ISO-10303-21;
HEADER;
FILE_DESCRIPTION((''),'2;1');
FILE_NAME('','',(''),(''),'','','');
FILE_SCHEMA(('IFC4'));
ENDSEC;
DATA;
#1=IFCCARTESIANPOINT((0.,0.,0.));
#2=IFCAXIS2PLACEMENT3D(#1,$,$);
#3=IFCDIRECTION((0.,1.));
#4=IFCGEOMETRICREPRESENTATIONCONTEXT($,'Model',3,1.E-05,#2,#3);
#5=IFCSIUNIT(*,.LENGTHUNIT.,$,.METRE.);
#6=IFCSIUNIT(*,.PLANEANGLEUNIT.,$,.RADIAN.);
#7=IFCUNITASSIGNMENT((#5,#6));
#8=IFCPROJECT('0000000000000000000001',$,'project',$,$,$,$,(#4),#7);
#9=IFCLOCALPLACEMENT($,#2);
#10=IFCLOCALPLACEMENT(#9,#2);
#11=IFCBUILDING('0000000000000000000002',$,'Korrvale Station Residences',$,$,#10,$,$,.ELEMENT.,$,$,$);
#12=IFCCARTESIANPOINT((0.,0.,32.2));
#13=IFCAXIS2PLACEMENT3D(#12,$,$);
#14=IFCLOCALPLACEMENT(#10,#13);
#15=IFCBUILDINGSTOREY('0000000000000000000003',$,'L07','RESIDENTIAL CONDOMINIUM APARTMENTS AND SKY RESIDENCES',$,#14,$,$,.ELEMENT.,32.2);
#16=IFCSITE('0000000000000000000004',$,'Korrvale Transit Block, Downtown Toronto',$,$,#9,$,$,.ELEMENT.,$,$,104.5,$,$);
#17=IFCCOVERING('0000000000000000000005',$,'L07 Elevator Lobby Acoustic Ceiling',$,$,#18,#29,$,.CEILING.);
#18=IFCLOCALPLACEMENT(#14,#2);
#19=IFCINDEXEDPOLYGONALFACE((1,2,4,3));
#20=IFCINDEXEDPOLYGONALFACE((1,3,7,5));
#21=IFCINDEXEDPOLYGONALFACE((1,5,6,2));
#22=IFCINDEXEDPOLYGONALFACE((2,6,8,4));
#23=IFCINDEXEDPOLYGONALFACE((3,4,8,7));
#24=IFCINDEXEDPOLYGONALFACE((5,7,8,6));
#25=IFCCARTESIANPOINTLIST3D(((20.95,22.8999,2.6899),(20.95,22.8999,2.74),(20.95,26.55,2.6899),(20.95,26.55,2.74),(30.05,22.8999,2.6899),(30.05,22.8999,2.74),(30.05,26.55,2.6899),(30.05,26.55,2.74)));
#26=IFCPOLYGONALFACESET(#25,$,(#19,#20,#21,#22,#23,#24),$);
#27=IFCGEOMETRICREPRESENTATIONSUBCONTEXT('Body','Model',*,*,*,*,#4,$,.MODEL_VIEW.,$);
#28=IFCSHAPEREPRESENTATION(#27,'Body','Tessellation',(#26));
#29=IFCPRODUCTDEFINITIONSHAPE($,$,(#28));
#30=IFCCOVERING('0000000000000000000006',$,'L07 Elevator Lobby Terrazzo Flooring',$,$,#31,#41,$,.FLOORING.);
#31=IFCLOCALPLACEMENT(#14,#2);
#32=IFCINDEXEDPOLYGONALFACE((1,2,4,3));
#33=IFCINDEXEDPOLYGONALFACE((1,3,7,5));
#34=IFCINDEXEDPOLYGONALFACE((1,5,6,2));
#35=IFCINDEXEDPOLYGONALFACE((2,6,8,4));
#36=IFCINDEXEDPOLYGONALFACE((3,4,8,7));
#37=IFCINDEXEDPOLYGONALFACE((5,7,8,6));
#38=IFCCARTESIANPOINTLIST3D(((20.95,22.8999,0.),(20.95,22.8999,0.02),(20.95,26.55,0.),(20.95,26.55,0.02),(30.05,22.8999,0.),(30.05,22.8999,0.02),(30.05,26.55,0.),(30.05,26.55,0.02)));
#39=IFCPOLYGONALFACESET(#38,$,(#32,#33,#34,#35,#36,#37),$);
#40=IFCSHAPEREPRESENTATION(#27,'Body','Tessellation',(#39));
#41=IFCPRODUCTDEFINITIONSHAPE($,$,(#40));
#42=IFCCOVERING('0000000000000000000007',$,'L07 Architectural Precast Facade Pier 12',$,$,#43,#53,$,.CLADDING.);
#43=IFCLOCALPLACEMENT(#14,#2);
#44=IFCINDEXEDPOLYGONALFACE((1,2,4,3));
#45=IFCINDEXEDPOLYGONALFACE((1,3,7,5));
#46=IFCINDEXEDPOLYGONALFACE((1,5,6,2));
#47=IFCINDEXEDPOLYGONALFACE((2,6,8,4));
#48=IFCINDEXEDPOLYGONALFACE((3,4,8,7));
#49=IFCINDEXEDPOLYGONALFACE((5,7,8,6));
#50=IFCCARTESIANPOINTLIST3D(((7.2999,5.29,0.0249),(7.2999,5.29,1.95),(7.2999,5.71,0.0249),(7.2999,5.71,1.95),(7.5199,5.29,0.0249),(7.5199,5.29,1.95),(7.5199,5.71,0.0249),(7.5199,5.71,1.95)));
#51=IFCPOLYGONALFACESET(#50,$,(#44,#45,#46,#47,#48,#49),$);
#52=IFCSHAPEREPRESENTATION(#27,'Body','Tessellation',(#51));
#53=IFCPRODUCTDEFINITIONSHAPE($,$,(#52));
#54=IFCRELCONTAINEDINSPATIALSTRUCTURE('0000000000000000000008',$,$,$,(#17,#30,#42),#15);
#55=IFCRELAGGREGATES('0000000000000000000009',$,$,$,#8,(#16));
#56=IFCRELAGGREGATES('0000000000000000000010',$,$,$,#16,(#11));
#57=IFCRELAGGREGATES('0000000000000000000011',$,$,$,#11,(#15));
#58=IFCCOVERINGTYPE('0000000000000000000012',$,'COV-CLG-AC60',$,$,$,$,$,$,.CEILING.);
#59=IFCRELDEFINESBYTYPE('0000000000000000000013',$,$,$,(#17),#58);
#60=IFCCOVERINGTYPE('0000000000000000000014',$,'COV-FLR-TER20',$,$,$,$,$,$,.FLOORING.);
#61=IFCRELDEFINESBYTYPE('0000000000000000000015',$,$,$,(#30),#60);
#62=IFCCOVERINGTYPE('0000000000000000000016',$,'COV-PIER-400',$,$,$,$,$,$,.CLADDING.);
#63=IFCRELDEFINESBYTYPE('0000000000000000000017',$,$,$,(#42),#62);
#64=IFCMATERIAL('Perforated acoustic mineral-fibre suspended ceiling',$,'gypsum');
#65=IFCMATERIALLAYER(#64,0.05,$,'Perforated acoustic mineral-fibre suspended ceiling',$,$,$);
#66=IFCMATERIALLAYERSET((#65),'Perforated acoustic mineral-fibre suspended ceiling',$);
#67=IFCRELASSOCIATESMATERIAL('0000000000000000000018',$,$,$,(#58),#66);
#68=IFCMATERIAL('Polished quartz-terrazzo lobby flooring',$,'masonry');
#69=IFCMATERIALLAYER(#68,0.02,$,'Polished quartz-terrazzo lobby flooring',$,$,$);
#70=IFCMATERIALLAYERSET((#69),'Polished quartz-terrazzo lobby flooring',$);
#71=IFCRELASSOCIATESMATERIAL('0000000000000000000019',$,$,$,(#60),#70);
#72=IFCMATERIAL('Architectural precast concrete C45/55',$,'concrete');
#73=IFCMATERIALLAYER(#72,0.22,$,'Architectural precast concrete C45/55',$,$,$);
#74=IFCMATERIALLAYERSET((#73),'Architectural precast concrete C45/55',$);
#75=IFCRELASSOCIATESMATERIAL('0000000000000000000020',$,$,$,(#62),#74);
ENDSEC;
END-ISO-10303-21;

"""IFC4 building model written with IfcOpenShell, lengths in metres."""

from ifc_helpers import new_model, si_unit, direction, frame, origin, origin_2d, place, context, subcontext, project, spatial, polyline, rectangle, outline, extrude, material, layer, layer_set, type_object, element, save


model = new_model("IFC4")

# Units and contexts
model_context = context("Model", 3, precision=1e-05, world=origin(), true_north=direction((0.0, 1.0)))
body_context = subcontext(model_context, "Body", "Model", "MODEL_VIEW")
ifc_project = project(units=[si_unit("LENGTHUNIT", "METRE"), si_unit("PLANEANGLEUNIT", "RADIAN")], contexts=[model_context])

# Site, building, storey
site_placement = place(None, origin())
site = spatial("IfcSite", under=ifc_project, at=site_placement, Name="Korrvale Transit Block, Downtown Toronto", CompositionType="ELEMENT", RefElevation=104.5)
building_placement = place(site_placement, origin())
building = spatial("IfcBuilding", under=site, at=building_placement, Name="Korrvale Station Residences", CompositionType="ELEMENT")
storey_placement = place(building_placement, frame((0.0, 0.0, 32.2)))
storey = spatial("IfcBuildingStorey", under=building, at=storey_placement, Name="L07", Description="RESIDENTIAL CONDOMINIUM APARTMENTS AND SKY RESIDENCES", CompositionType="ELEMENT", Elevation=32.2)

# Coverings
ifc_material_1 = material(Name="Perforated acoustic mineral-fibre suspended ceiling", Category="gypsum")
ifc_layer_1 = layer(ifc_material_1, 0.05, Name="Perforated acoustic mineral-fibre suspended ceiling")
ifc_layer_set_1 = layer_set([ifc_layer_1], Name="Perforated acoustic mineral-fibre suspended ceiling")
covering_type_1 = type_object("IfcCoveringType", Name="COV-CLG-AC60", PredefinedType="CEILING", material=ifc_layer_set_1)
covering_1_placement = place(storey_placement, frame((0.0, 0.0, 2.6899)))
element("IfcCovering", 1, at=covering_1_placement, inside=storey, type_object=covering_type_1, Name="L07 Elevator Lobby Acoustic Ceiling", PredefinedType="CEILING", context=body_context, shape_type="SweptSolid", body=[
    extrude(outline(polyline([(20.95, 22.8999), (30.05, 22.8999), (30.05, 26.55), (20.95, 26.55), (20.95, 22.8999)])), origin(), (0.0, 0.0, 1.0), 0.05),
])
ifc_material_2 = material(Name="Polished quartz-terrazzo lobby flooring", Category="masonry")
ifc_layer_2 = layer(ifc_material_2, 0.02, Name="Polished quartz-terrazzo lobby flooring")
ifc_layer_set_2 = layer_set([ifc_layer_2], Name="Polished quartz-terrazzo lobby flooring")
covering_type_2 = type_object("IfcCoveringType", Name="COV-FLR-TER20", PredefinedType="FLOORING", material=ifc_layer_set_2)
covering_2_placement = place(storey_placement, origin())
element("IfcCovering", 2, at=covering_2_placement, inside=storey, type_object=covering_type_2, Name="L07 Elevator Lobby Terrazzo Flooring", PredefinedType="FLOORING", context=body_context, shape_type="SweptSolid", body=[
    extrude(outline(polyline([(20.95, 22.8999), (30.05, 22.8999), (30.05, 26.55), (20.95, 26.55), (20.95, 22.8999)])), origin(), (0.0, 0.0, 1.0), 0.02),
])
ifc_material_3 = material(Name="Architectural precast concrete C45/55", Category="concrete")
ifc_layer_3 = layer(ifc_material_3, 0.22, Name="Architectural precast concrete C45/55")
ifc_layer_set_3 = layer_set([ifc_layer_3], Name="Architectural precast concrete C45/55")
covering_type_3 = type_object("IfcCoveringType", Name="COV-PIER-400", PredefinedType="CLADDING", material=ifc_layer_set_3)
covering_3_placement = place(storey_placement, frame((7.4099, 5.5, 0.0249), z_axis=(0.0, 0.0, 1.0), x_axis=(0.0, 1.0, 0.0)))
element("IfcCovering", 3, at=covering_3_placement, inside=storey, type_object=covering_type_3, Name="L07 Architectural Precast Facade Pier 12", PredefinedType="CLADDING", context=body_context, shape_type="SweptSolid", body=[
    extrude(rectangle(XDim=0.4199, YDim=0.22, at=origin_2d()), origin(), (0.0, 0.0, 1.0), 1.925),
])

save(model, "model.ifc")
